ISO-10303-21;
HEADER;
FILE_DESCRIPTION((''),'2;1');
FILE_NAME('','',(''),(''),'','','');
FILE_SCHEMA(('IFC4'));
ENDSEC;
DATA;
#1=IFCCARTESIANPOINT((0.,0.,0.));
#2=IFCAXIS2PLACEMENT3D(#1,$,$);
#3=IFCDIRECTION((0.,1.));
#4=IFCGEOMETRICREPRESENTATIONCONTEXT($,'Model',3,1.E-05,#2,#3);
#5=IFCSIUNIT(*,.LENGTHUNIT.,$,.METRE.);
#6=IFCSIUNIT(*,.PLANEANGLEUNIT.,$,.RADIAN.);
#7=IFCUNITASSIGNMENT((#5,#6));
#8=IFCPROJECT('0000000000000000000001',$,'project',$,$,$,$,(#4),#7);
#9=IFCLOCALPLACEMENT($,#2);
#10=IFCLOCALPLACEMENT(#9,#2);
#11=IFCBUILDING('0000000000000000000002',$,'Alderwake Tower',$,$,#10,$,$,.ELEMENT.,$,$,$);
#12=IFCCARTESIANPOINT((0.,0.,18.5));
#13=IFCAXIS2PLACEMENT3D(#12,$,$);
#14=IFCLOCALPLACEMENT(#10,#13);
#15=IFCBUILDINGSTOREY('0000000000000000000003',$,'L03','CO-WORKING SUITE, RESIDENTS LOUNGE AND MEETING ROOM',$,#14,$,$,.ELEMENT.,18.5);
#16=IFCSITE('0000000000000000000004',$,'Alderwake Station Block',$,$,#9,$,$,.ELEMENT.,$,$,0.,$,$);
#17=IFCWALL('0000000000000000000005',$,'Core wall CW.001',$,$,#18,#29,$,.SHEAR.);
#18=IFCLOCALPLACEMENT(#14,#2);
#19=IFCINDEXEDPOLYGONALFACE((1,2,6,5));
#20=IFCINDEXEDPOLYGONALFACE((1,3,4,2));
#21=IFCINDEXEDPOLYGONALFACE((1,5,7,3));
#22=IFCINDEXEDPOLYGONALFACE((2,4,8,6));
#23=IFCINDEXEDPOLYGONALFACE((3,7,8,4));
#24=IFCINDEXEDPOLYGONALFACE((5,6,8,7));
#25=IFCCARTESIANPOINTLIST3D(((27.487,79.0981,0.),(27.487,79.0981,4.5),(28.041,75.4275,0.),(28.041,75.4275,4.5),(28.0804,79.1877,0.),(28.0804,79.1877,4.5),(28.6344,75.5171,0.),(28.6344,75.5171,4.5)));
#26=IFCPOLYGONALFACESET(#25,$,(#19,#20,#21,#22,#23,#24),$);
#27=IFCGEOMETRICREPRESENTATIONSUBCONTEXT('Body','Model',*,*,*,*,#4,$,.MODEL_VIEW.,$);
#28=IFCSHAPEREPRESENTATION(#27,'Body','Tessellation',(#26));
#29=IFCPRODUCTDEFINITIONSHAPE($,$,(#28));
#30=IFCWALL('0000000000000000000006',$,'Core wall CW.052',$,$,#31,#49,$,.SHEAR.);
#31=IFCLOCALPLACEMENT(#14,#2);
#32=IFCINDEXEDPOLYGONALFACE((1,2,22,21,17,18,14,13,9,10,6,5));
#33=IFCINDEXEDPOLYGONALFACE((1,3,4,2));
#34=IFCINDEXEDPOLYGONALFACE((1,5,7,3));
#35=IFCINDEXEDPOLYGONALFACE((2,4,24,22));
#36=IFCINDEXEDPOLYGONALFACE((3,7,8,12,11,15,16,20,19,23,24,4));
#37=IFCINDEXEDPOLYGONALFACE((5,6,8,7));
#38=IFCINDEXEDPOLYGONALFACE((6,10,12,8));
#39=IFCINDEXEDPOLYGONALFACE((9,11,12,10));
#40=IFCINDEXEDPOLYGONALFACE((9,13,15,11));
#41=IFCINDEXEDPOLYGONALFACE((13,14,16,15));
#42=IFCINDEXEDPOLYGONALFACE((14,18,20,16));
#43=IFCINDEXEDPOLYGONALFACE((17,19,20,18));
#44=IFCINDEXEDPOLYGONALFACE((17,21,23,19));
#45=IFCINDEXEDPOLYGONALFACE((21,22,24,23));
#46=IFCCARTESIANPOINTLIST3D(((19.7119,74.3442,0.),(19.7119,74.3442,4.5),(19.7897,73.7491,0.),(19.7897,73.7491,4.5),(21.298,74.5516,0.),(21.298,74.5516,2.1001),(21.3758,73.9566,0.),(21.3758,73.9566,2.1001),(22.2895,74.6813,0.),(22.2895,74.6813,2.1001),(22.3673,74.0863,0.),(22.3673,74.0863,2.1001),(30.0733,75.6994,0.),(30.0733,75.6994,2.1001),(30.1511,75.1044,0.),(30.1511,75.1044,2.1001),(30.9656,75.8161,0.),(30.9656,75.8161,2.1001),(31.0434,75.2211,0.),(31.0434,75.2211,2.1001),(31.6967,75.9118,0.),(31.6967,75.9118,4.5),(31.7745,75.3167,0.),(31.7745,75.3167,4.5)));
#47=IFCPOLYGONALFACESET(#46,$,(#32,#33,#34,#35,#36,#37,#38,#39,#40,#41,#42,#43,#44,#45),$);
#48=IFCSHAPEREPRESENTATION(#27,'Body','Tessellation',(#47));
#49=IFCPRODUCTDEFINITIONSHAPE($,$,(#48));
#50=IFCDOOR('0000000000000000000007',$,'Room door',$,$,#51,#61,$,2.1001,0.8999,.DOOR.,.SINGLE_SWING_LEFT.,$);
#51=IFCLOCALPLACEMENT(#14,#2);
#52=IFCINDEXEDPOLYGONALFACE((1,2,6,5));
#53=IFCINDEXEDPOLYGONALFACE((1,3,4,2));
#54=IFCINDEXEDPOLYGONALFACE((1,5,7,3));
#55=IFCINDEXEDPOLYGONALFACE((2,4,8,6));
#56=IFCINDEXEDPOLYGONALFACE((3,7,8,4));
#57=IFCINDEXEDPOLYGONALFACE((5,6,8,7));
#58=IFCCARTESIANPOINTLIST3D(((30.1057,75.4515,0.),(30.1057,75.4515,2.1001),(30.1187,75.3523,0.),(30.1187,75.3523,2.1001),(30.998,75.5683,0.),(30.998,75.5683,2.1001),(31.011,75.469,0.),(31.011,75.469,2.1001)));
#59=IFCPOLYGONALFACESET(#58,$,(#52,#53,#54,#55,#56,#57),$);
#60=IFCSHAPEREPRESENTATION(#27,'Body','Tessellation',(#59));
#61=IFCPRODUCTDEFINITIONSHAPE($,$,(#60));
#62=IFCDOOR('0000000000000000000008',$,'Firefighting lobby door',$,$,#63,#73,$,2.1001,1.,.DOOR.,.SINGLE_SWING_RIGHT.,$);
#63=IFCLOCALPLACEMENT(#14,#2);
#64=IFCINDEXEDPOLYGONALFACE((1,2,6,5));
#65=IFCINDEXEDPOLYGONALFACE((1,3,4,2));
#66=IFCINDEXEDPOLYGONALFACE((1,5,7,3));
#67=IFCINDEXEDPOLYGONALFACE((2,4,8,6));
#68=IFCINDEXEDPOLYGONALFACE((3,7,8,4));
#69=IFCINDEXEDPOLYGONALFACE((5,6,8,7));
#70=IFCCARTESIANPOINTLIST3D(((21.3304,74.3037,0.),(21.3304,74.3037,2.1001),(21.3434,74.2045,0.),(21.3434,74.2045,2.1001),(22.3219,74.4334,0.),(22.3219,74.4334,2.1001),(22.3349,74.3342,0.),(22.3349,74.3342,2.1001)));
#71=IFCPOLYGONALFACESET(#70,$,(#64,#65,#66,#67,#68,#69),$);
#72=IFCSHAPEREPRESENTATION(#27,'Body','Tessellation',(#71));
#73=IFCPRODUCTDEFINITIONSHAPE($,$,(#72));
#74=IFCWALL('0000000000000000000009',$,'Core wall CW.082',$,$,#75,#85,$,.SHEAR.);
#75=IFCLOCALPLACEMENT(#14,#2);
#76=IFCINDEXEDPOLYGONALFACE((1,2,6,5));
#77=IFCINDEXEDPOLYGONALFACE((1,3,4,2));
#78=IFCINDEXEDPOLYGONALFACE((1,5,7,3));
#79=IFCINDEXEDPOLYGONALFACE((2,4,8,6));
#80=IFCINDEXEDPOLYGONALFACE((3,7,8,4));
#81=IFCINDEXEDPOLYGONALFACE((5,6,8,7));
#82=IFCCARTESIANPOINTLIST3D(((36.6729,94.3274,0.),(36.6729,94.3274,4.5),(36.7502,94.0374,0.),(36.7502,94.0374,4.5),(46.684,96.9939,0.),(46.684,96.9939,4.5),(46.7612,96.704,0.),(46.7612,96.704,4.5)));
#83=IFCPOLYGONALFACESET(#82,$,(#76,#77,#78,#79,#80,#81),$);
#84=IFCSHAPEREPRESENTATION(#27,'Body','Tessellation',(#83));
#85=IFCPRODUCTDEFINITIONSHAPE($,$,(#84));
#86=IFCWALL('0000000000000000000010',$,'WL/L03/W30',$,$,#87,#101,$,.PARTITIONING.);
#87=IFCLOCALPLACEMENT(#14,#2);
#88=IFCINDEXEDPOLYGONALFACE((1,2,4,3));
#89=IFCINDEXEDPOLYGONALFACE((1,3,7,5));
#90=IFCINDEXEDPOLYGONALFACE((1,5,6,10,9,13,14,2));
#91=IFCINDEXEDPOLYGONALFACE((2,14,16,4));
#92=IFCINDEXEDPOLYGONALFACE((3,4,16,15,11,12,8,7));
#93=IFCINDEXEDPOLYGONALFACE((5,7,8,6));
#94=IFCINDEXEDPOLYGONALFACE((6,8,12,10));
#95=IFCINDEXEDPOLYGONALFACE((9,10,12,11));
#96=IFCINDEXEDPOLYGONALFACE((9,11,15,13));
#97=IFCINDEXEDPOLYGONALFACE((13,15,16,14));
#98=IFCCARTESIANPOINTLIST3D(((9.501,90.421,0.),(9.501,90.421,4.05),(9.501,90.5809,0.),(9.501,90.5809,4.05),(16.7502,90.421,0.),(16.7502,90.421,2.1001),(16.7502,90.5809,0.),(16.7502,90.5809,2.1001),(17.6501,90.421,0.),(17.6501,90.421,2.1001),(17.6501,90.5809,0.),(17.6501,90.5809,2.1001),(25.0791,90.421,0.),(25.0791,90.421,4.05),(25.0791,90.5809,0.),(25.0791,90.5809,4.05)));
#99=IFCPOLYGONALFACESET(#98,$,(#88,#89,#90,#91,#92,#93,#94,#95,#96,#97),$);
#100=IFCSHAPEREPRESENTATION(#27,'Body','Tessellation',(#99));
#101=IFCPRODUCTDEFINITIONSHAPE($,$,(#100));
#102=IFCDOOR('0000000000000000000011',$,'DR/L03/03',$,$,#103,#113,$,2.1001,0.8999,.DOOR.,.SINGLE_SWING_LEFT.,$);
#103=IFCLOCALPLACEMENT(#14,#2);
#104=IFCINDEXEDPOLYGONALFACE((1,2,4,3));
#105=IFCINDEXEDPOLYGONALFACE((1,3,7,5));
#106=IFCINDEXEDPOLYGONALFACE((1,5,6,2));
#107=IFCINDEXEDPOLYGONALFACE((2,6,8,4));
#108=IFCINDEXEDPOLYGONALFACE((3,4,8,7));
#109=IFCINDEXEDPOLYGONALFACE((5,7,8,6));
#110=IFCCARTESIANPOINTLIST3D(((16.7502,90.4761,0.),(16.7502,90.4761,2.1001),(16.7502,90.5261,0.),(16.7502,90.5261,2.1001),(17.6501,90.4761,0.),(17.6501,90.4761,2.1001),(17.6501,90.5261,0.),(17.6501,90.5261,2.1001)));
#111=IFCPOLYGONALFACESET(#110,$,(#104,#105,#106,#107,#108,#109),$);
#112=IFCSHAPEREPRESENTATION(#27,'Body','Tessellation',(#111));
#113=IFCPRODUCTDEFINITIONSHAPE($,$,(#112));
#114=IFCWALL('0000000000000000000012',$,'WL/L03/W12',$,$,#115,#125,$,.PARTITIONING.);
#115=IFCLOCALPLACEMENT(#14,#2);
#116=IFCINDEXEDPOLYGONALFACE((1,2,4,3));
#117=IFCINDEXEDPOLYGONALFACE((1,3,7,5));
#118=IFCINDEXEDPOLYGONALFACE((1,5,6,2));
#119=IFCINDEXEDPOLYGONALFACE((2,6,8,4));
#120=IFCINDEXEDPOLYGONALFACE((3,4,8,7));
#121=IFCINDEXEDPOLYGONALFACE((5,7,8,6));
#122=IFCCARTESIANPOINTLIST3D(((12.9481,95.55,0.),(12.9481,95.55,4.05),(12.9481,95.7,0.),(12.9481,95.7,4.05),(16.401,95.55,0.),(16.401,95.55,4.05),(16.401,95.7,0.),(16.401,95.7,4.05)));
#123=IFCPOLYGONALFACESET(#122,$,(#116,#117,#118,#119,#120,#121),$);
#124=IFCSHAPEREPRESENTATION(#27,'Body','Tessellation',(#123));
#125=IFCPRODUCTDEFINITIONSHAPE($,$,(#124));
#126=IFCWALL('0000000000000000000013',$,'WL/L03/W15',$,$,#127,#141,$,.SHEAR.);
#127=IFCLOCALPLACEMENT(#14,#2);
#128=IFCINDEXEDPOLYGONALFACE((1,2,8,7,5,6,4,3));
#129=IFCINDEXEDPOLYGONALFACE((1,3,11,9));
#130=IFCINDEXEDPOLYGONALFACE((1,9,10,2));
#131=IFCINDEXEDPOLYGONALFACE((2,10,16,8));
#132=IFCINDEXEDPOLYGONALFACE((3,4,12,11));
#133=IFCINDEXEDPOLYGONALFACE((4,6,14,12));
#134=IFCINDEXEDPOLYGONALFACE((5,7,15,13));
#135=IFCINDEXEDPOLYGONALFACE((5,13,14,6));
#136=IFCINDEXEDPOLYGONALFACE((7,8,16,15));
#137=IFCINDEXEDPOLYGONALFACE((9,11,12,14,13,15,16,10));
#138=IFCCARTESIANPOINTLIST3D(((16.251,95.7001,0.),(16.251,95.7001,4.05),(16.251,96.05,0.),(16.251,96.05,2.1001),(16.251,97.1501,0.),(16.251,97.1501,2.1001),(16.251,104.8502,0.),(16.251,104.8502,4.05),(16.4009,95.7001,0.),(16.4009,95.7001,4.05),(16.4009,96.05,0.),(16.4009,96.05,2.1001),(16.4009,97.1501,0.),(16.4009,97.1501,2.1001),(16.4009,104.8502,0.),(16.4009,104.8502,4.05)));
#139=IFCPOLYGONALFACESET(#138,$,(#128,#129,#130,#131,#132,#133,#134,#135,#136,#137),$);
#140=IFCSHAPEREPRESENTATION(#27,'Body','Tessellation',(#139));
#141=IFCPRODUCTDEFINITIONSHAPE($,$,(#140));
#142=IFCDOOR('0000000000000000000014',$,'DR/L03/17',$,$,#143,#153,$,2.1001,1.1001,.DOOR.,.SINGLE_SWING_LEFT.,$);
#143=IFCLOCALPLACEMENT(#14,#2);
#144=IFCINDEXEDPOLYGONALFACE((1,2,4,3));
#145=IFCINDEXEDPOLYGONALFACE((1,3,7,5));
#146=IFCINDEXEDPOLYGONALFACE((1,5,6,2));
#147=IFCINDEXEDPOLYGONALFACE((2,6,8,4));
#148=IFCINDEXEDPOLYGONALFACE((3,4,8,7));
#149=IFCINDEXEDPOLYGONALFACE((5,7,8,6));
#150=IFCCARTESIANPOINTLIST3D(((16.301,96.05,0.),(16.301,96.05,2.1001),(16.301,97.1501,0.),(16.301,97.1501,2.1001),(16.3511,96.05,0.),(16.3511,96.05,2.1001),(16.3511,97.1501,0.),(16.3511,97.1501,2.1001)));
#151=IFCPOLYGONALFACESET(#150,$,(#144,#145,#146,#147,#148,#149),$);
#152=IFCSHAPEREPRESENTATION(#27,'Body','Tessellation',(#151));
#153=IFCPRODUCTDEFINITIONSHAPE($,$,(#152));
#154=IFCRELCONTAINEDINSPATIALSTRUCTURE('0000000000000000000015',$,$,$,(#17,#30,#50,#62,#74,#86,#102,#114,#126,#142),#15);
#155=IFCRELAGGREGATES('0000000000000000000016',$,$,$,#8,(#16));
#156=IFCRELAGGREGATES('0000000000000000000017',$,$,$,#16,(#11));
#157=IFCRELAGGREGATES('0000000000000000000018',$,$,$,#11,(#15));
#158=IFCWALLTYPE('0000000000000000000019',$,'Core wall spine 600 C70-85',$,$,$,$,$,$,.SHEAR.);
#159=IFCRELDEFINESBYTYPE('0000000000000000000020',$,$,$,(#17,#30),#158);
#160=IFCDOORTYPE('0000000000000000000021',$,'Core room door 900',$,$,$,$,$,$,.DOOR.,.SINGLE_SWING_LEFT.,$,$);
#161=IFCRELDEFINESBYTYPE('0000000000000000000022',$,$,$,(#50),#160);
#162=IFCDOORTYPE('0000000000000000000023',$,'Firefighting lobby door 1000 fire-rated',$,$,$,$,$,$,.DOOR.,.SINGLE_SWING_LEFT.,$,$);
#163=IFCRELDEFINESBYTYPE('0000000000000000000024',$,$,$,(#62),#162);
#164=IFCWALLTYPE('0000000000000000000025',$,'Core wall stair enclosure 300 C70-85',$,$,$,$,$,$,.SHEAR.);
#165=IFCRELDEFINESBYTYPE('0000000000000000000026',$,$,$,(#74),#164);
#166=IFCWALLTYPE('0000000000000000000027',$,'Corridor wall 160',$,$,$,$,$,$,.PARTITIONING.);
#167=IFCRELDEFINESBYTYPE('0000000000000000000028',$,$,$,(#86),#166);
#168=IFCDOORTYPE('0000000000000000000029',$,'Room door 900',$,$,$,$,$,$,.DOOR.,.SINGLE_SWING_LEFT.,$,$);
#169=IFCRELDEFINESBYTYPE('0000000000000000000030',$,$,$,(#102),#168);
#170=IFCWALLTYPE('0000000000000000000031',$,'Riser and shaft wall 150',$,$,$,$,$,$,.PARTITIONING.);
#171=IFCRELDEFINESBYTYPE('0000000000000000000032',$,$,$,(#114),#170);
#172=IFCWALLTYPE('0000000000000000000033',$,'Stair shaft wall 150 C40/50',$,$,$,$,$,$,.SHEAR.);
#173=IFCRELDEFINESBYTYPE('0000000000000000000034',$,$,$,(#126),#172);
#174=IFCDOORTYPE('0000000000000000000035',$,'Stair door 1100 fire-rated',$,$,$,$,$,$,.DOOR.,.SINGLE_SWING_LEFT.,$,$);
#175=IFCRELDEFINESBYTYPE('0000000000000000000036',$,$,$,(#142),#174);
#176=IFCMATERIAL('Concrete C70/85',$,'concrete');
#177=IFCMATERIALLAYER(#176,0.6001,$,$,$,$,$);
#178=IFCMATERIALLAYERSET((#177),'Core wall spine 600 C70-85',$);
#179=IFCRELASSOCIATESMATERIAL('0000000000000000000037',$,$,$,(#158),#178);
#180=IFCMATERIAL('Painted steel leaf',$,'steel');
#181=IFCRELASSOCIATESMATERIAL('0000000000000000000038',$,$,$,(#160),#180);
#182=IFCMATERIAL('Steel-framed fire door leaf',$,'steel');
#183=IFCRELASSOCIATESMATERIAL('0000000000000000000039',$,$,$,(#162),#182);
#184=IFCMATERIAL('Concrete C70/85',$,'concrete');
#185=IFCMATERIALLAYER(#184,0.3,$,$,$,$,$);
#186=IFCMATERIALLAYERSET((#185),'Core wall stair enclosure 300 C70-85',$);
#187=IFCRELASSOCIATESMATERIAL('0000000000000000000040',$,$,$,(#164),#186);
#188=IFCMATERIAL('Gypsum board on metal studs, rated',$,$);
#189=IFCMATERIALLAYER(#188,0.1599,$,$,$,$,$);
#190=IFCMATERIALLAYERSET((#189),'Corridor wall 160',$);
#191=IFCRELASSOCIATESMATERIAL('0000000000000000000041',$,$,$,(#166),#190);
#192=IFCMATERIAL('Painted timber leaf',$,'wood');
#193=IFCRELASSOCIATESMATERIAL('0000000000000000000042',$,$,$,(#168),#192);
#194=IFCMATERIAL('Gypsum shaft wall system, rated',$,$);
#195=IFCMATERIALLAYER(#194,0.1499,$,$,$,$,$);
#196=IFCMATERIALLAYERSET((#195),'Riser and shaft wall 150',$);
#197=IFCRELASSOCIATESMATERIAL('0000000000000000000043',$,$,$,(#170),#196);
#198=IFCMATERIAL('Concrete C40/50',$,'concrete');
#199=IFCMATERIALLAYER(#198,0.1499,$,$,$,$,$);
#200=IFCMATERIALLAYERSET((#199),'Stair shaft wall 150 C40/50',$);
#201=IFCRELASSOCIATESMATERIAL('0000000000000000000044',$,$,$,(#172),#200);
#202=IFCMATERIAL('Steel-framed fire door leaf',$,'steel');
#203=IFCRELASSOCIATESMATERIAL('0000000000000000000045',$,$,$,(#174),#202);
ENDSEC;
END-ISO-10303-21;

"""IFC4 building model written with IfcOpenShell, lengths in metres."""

from ifc_helpers import new_model, si_unit, direction, frame, frame_2d, origin, place, context, subcontext, project, spatial, rectangle, extrude, material, layer, layer_set, type_object, element, fill, save


model = new_model("IFC4")

# Units and contexts
model_context = context("Model", 3, precision=1e-05, world=origin(), true_north=direction((0.0, 1.0)))
body_context = subcontext(model_context, "Body", "Model", "MODEL_VIEW")
ifc_project = project(units=[si_unit("LENGTHUNIT", "METRE"), si_unit("PLANEANGLEUNIT", "RADIAN")], contexts=[model_context])

# Site, building, storey
site_placement = place(None, origin())
site = spatial("IfcSite", under=ifc_project, at=site_placement, Name="Alderwake Station Block", CompositionType="ELEMENT", RefElevation=0.0)
building_placement = place(site_placement, origin())
building = spatial("IfcBuilding", under=site, at=building_placement, Name="Alderwake Tower", CompositionType="ELEMENT")
storey_placement = place(building_placement, frame((0.0, 0.0, 18.5)))
storey = spatial("IfcBuildingStorey", under=building, at=storey_placement, Name="L03", Description="CO-WORKING SUITE, RESIDENTS LOUNGE AND MEETING ROOM", CompositionType="ELEMENT", Elevation=18.5)

# Wall
ifc_material_1 = material(Name="Concrete C70/85", Category="concrete")
ifc_layer_1 = layer(ifc_material_1, 0.6001)
ifc_layer_set_1 = layer_set([ifc_layer_1], Name="Core wall spine 600 C70-85")
wall_type_1 = type_object("IfcWallType", Name="Core wall spine 600 C70-85", PredefinedType="SHEAR", material=ifc_layer_set_1)
wall_1_placement = place(storey_placement, frame((28.3376, 75.4724, 0.0), z_axis=(0.0, 0.0, 1.0), x_axis=(-0.149225, 0.988803, 0.0)))
element("IfcWall", 1, at=wall_1_placement, inside=storey, type_object=wall_type_1, Name="Core wall CW.001", PredefinedType="SHEAR", context=body_context, shape_type="SweptSolid", body=[
    extrude(rectangle(XDim=3.7122, YDim=0.6001, at=frame_2d((1.856, 0.0))), origin(), (0.0, 0.0, 1.0), 4.5),
])

# Wall, openings, doors
wall_2_placement = place(storey_placement, frame((31.7356, 75.6143, 0.0), z_axis=(0.0, 0.0, 1.0), x_axis=(-0.991554, -0.129696, 0.0)))
wall_2 = element("IfcWall", 2, at=wall_2_placement, inside=storey, type_object=wall_type_1, Name="Core wall CW.052", PredefinedType="SHEAR", context=body_context, shape_type="SweptSolid", body=[
    extrude(rectangle(XDim=12.0869, YDim=0.6001, at=frame_2d((6.0435, 0.0))), origin(), (0.0, 0.0, 1.0), 4.5),
])
opening_1_placement = place(wall_2_placement, frame((9.4873, 0.0, 0.0)))
opening_1 = element("IfcOpeningElement", 3, at=opening_1_placement, cuts=wall_2, PredefinedType="OPENING", context=body_context, shape_type="SweptSolid", body=[
    extrude(rectangle(XDim=1.0, YDim=2.1001, at=frame_2d((0.5, 1.05))), frame((0.0, 0.3101, 0.0), z_axis=(0.0, -1.0, 0.0), x_axis=(1.0, 0.0, 0.0)), (0.0, 0.0, 1.0), 0.6201),
])
opening_2_placement = place(wall_2_placement, frame((0.7373, 0.0, 0.0)))
opening_2 = element("IfcOpeningElement", 4, at=opening_2_placement, cuts=wall_2, PredefinedType="OPENING", context=body_context, shape_type="SweptSolid", body=[
    extrude(rectangle(XDim=0.8999, YDim=2.1001, at=frame_2d((0.45, 1.05))), frame((0.0, 0.3101, 0.0), z_axis=(0.0, -1.0, 0.0), x_axis=(1.0, 0.0, 0.0)), (0.0, 0.0, 1.0), 0.6201),
])
ifc_material_2 = material(Name="Painted steel leaf", Category="steel")
door_type_1 = type_object("IfcDoorType", Name="Core room door 900", OperationType="SINGLE_SWING_LEFT", PredefinedType="DOOR", material=ifc_material_2)
door_1_placement = place(opening_2_placement, origin())
door_1 = element("IfcDoor", 5, at=door_1_placement, inside=storey, type_object=door_type_1, Name="Room door", OperationType="SINGLE_SWING_LEFT", OverallHeight=2.1001, OverallWidth=0.8999, PredefinedType="DOOR", context=body_context, shape_type="SweptSolid", body=[
    extrude(rectangle(XDim=0.8999, YDim=2.1001, at=frame_2d((0.45, 1.05))), frame((0.0, 0.05, 0.0), z_axis=(0.0, -1.0, 0.0), x_axis=(1.0, 0.0, 0.0)), (0.0, 0.0, 1.0), 0.1001),
])
fill(opening_2, door_1)
ifc_material_3 = material(Name="Steel-framed fire door leaf", Category="steel")
door_type_2 = type_object("IfcDoorType", Name="Firefighting lobby door 1000 fire-rated", OperationType="SINGLE_SWING_LEFT", PredefinedType="DOOR", material=ifc_material_3)
door_2_placement = place(opening_1_placement, origin())
door_2 = element("IfcDoor", 6, at=door_2_placement, inside=storey, type_object=door_type_2, Name="Firefighting lobby door", OperationType="SINGLE_SWING_RIGHT", OverallHeight=2.1001, OverallWidth=1.0, PredefinedType="DOOR", context=body_context, shape_type="SweptSolid", body=[
    extrude(rectangle(XDim=1.0, YDim=2.1001, at=frame_2d((0.5, 1.05))), frame((0.0, 0.05, 0.0), z_axis=(0.0, -1.0, 0.0), x_axis=(1.0, 0.0, 0.0)), (0.0, 0.0, 1.0), 0.1001),
])
fill(opening_1, door_2)

# Wall
ifc_material_4 = material(Name="Concrete C70/85", Category="concrete")
ifc_layer_2 = layer(ifc_material_4, 0.3)
ifc_layer_set_2 = layer_set([ifc_layer_2], Name="Core wall stair enclosure 300 C70-85")
wall_type_2 = type_object("IfcWallType", Name="Core wall stair enclosure 300 C70-85", PredefinedType="SHEAR", material=ifc_layer_set_2)
wall_3_placement = place(storey_placement, frame((36.7114, 94.1824, 0.0), z_axis=(0.0, 0.0, 1.0), x_axis=(0.966309, 0.257384, 0.0)))
element("IfcWall", 7, at=wall_3_placement, inside=storey, type_object=wall_type_2, Name="Core wall CW.082", PredefinedType="SHEAR", context=body_context, shape_type="SweptSolid", body=[
    extrude(rectangle(XDim=10.3601, YDim=0.3, at=frame_2d((5.1802, 0.0))), origin(), (0.0, 0.0, 1.0), 4.5),
])

# Wall, opening, door
ifc_material_5 = material(Name="Gypsum board on metal studs, rated")
ifc_layer_3 = layer(ifc_material_5, 0.1599)
ifc_layer_set_3 = layer_set([ifc_layer_3], Name="Corridor wall 160")
wall_type_3 = type_object("IfcWallType", Name="Corridor wall 160", PredefinedType="PARTITIONING", material=ifc_layer_set_3)
wall_4_placement = place(storey_placement, frame((25.0791, 90.501, 0.0), z_axis=(0.0, 0.0, 1.0), x_axis=(-1.0, 0.0, 0.0)))
wall_4 = element("IfcWall", 8, at=wall_4_placement, inside=storey, type_object=wall_type_3, Name="WL/L03/W30", PredefinedType="PARTITIONING", context=body_context, shape_type="SweptSolid", body=[
    extrude(rectangle(XDim=15.5781, YDim=0.1599, at=frame_2d((7.7891, 0.0))), origin(), (0.0, 0.0, 1.0), 4.05),
])
opening_3_placement = place(wall_4_placement, frame((7.429, 0.0, 0.0)))
opening_3 = element("IfcOpeningElement", 9, at=opening_3_placement, cuts=wall_4, PredefinedType="OPENING", context=body_context, shape_type="SweptSolid", body=[
    extrude(rectangle(XDim=0.8999, YDim=2.1001, at=frame_2d((0.45, 1.05))), frame((0.0, 0.0898, 0.0), z_axis=(0.0, -1.0, 0.0), x_axis=(1.0, 0.0, 0.0)), (0.0, 0.0, 1.0), 0.1799),
])
ifc_material_6 = material(Name="Painted timber leaf", Category="wood")
door_type_3 = type_object("IfcDoorType", Name="Room door 900", OperationType="SINGLE_SWING_LEFT", PredefinedType="DOOR", material=ifc_material_6)
door_3_placement = place(opening_3_placement, origin())
door_3 = element("IfcDoor", 10, at=door_3_placement, inside=storey, type_object=door_type_3, Name="DR/L03/03", OperationType="SINGLE_SWING_LEFT", OverallHeight=2.1001, OverallWidth=0.8999, PredefinedType="DOOR", context=body_context, shape_type="SweptSolid", body=[
    extrude(rectangle(XDim=0.8999, YDim=2.1001, at=frame_2d((0.45, 1.05))), frame((0.0, 0.0249, 0.0), z_axis=(0.0, -1.0, 0.0), x_axis=(1.0, 0.0, 0.0)), (0.0, 0.0, 1.0), 0.05),
])
fill(opening_3, door_3)

# Wall
ifc_material_7 = material(Name="Gypsum shaft wall system, rated")
ifc_layer_4 = layer(ifc_material_7, 0.1499)
ifc_layer_set_4 = layer_set([ifc_layer_4], Name="Riser and shaft wall 150")
wall_type_4 = type_object("IfcWallType", Name="Riser and shaft wall 150", PredefinedType="PARTITIONING", material=ifc_layer_set_4)
wall_5_placement = place(storey_placement, frame((12.948, 95.625, 0.0), z_axis=(0.0, 0.0, 1.0), x_axis=(1.0, 0.0, 0.0)))
element("IfcWall", 11, at=wall_5_placement, inside=storey, type_object=wall_type_4, Name="WL/L03/W12", PredefinedType="PARTITIONING", context=body_context, shape_type="SweptSolid", body=[
    extrude(rectangle(XDim=3.4529, YDim=0.1499, at=frame_2d((1.7266, 0.0))), origin(), (0.0, 0.0, 1.0), 4.05),
])

# Wall, opening, door
ifc_material_8 = material(Name="Concrete C40/50", Category="concrete")
ifc_layer_5 = layer(ifc_material_8, 0.1499)
ifc_layer_set_5 = layer_set([ifc_layer_5], Name="Stair shaft wall 150 C40/50")
wall_type_5 = type_object("IfcWallType", Name="Stair shaft wall 150 C40/50", PredefinedType="SHEAR", material=ifc_layer_set_5)
wall_6_placement = place(storey_placement, frame((16.3259, 95.7, 0.0), z_axis=(0.0, 0.0, 1.0), x_axis=(0.0, 1.0, 0.0)))
wall_6 = element("IfcWall", 12, at=wall_6_placement, inside=storey, type_object=wall_type_5, Name="WL/L03/W15", PredefinedType="SHEAR", context=body_context, shape_type="SweptSolid", body=[
    extrude(rectangle(XDim=9.1501, YDim=0.1499, at=frame_2d((4.5752, 0.0))), origin(), (0.0, 0.0, 1.0), 4.05),
])
opening_4_placement = place(wall_6_placement, frame((0.3501, 0.0, 0.0)))
opening_4 = element("IfcOpeningElement", 13, at=opening_4_placement, cuts=wall_6, PredefinedType="OPENING", context=body_context, shape_type="SweptSolid", body=[
    extrude(rectangle(XDim=1.1001, YDim=2.1001, at=frame_2d((0.55, 1.05))), frame((0.0, 0.085, 0.0), z_axis=(0.0, -1.0, 0.0), x_axis=(1.0, 0.0, 0.0)), (0.0, 0.0, 1.0), 0.1699),
])
ifc_material_9 = material(Name="Steel-framed fire door leaf", Category="steel")
door_type_4 = type_object("IfcDoorType", Name="Stair door 1100 fire-rated", OperationType="SINGLE_SWING_LEFT", PredefinedType="DOOR", material=ifc_material_9)
door_4_placement = place(opening_4_placement, origin())
door_4 = element("IfcDoor", 14, at=door_4_placement, inside=storey, type_object=door_type_4, Name="DR/L03/17", OperationType="SINGLE_SWING_LEFT", OverallHeight=2.1001, OverallWidth=1.1001, PredefinedType="DOOR", context=body_context, shape_type="SweptSolid", body=[
    extrude(rectangle(XDim=1.1001, YDim=2.1001, at=frame_2d((0.55, 1.05))), frame((0.0, 0.0249, 0.0), z_axis=(0.0, -1.0, 0.0), x_axis=(1.0, 0.0, 0.0)), (0.0, 0.0, 1.0), 0.05),
])
fill(opening_4, door_4)

save(model, "model.ifc")
